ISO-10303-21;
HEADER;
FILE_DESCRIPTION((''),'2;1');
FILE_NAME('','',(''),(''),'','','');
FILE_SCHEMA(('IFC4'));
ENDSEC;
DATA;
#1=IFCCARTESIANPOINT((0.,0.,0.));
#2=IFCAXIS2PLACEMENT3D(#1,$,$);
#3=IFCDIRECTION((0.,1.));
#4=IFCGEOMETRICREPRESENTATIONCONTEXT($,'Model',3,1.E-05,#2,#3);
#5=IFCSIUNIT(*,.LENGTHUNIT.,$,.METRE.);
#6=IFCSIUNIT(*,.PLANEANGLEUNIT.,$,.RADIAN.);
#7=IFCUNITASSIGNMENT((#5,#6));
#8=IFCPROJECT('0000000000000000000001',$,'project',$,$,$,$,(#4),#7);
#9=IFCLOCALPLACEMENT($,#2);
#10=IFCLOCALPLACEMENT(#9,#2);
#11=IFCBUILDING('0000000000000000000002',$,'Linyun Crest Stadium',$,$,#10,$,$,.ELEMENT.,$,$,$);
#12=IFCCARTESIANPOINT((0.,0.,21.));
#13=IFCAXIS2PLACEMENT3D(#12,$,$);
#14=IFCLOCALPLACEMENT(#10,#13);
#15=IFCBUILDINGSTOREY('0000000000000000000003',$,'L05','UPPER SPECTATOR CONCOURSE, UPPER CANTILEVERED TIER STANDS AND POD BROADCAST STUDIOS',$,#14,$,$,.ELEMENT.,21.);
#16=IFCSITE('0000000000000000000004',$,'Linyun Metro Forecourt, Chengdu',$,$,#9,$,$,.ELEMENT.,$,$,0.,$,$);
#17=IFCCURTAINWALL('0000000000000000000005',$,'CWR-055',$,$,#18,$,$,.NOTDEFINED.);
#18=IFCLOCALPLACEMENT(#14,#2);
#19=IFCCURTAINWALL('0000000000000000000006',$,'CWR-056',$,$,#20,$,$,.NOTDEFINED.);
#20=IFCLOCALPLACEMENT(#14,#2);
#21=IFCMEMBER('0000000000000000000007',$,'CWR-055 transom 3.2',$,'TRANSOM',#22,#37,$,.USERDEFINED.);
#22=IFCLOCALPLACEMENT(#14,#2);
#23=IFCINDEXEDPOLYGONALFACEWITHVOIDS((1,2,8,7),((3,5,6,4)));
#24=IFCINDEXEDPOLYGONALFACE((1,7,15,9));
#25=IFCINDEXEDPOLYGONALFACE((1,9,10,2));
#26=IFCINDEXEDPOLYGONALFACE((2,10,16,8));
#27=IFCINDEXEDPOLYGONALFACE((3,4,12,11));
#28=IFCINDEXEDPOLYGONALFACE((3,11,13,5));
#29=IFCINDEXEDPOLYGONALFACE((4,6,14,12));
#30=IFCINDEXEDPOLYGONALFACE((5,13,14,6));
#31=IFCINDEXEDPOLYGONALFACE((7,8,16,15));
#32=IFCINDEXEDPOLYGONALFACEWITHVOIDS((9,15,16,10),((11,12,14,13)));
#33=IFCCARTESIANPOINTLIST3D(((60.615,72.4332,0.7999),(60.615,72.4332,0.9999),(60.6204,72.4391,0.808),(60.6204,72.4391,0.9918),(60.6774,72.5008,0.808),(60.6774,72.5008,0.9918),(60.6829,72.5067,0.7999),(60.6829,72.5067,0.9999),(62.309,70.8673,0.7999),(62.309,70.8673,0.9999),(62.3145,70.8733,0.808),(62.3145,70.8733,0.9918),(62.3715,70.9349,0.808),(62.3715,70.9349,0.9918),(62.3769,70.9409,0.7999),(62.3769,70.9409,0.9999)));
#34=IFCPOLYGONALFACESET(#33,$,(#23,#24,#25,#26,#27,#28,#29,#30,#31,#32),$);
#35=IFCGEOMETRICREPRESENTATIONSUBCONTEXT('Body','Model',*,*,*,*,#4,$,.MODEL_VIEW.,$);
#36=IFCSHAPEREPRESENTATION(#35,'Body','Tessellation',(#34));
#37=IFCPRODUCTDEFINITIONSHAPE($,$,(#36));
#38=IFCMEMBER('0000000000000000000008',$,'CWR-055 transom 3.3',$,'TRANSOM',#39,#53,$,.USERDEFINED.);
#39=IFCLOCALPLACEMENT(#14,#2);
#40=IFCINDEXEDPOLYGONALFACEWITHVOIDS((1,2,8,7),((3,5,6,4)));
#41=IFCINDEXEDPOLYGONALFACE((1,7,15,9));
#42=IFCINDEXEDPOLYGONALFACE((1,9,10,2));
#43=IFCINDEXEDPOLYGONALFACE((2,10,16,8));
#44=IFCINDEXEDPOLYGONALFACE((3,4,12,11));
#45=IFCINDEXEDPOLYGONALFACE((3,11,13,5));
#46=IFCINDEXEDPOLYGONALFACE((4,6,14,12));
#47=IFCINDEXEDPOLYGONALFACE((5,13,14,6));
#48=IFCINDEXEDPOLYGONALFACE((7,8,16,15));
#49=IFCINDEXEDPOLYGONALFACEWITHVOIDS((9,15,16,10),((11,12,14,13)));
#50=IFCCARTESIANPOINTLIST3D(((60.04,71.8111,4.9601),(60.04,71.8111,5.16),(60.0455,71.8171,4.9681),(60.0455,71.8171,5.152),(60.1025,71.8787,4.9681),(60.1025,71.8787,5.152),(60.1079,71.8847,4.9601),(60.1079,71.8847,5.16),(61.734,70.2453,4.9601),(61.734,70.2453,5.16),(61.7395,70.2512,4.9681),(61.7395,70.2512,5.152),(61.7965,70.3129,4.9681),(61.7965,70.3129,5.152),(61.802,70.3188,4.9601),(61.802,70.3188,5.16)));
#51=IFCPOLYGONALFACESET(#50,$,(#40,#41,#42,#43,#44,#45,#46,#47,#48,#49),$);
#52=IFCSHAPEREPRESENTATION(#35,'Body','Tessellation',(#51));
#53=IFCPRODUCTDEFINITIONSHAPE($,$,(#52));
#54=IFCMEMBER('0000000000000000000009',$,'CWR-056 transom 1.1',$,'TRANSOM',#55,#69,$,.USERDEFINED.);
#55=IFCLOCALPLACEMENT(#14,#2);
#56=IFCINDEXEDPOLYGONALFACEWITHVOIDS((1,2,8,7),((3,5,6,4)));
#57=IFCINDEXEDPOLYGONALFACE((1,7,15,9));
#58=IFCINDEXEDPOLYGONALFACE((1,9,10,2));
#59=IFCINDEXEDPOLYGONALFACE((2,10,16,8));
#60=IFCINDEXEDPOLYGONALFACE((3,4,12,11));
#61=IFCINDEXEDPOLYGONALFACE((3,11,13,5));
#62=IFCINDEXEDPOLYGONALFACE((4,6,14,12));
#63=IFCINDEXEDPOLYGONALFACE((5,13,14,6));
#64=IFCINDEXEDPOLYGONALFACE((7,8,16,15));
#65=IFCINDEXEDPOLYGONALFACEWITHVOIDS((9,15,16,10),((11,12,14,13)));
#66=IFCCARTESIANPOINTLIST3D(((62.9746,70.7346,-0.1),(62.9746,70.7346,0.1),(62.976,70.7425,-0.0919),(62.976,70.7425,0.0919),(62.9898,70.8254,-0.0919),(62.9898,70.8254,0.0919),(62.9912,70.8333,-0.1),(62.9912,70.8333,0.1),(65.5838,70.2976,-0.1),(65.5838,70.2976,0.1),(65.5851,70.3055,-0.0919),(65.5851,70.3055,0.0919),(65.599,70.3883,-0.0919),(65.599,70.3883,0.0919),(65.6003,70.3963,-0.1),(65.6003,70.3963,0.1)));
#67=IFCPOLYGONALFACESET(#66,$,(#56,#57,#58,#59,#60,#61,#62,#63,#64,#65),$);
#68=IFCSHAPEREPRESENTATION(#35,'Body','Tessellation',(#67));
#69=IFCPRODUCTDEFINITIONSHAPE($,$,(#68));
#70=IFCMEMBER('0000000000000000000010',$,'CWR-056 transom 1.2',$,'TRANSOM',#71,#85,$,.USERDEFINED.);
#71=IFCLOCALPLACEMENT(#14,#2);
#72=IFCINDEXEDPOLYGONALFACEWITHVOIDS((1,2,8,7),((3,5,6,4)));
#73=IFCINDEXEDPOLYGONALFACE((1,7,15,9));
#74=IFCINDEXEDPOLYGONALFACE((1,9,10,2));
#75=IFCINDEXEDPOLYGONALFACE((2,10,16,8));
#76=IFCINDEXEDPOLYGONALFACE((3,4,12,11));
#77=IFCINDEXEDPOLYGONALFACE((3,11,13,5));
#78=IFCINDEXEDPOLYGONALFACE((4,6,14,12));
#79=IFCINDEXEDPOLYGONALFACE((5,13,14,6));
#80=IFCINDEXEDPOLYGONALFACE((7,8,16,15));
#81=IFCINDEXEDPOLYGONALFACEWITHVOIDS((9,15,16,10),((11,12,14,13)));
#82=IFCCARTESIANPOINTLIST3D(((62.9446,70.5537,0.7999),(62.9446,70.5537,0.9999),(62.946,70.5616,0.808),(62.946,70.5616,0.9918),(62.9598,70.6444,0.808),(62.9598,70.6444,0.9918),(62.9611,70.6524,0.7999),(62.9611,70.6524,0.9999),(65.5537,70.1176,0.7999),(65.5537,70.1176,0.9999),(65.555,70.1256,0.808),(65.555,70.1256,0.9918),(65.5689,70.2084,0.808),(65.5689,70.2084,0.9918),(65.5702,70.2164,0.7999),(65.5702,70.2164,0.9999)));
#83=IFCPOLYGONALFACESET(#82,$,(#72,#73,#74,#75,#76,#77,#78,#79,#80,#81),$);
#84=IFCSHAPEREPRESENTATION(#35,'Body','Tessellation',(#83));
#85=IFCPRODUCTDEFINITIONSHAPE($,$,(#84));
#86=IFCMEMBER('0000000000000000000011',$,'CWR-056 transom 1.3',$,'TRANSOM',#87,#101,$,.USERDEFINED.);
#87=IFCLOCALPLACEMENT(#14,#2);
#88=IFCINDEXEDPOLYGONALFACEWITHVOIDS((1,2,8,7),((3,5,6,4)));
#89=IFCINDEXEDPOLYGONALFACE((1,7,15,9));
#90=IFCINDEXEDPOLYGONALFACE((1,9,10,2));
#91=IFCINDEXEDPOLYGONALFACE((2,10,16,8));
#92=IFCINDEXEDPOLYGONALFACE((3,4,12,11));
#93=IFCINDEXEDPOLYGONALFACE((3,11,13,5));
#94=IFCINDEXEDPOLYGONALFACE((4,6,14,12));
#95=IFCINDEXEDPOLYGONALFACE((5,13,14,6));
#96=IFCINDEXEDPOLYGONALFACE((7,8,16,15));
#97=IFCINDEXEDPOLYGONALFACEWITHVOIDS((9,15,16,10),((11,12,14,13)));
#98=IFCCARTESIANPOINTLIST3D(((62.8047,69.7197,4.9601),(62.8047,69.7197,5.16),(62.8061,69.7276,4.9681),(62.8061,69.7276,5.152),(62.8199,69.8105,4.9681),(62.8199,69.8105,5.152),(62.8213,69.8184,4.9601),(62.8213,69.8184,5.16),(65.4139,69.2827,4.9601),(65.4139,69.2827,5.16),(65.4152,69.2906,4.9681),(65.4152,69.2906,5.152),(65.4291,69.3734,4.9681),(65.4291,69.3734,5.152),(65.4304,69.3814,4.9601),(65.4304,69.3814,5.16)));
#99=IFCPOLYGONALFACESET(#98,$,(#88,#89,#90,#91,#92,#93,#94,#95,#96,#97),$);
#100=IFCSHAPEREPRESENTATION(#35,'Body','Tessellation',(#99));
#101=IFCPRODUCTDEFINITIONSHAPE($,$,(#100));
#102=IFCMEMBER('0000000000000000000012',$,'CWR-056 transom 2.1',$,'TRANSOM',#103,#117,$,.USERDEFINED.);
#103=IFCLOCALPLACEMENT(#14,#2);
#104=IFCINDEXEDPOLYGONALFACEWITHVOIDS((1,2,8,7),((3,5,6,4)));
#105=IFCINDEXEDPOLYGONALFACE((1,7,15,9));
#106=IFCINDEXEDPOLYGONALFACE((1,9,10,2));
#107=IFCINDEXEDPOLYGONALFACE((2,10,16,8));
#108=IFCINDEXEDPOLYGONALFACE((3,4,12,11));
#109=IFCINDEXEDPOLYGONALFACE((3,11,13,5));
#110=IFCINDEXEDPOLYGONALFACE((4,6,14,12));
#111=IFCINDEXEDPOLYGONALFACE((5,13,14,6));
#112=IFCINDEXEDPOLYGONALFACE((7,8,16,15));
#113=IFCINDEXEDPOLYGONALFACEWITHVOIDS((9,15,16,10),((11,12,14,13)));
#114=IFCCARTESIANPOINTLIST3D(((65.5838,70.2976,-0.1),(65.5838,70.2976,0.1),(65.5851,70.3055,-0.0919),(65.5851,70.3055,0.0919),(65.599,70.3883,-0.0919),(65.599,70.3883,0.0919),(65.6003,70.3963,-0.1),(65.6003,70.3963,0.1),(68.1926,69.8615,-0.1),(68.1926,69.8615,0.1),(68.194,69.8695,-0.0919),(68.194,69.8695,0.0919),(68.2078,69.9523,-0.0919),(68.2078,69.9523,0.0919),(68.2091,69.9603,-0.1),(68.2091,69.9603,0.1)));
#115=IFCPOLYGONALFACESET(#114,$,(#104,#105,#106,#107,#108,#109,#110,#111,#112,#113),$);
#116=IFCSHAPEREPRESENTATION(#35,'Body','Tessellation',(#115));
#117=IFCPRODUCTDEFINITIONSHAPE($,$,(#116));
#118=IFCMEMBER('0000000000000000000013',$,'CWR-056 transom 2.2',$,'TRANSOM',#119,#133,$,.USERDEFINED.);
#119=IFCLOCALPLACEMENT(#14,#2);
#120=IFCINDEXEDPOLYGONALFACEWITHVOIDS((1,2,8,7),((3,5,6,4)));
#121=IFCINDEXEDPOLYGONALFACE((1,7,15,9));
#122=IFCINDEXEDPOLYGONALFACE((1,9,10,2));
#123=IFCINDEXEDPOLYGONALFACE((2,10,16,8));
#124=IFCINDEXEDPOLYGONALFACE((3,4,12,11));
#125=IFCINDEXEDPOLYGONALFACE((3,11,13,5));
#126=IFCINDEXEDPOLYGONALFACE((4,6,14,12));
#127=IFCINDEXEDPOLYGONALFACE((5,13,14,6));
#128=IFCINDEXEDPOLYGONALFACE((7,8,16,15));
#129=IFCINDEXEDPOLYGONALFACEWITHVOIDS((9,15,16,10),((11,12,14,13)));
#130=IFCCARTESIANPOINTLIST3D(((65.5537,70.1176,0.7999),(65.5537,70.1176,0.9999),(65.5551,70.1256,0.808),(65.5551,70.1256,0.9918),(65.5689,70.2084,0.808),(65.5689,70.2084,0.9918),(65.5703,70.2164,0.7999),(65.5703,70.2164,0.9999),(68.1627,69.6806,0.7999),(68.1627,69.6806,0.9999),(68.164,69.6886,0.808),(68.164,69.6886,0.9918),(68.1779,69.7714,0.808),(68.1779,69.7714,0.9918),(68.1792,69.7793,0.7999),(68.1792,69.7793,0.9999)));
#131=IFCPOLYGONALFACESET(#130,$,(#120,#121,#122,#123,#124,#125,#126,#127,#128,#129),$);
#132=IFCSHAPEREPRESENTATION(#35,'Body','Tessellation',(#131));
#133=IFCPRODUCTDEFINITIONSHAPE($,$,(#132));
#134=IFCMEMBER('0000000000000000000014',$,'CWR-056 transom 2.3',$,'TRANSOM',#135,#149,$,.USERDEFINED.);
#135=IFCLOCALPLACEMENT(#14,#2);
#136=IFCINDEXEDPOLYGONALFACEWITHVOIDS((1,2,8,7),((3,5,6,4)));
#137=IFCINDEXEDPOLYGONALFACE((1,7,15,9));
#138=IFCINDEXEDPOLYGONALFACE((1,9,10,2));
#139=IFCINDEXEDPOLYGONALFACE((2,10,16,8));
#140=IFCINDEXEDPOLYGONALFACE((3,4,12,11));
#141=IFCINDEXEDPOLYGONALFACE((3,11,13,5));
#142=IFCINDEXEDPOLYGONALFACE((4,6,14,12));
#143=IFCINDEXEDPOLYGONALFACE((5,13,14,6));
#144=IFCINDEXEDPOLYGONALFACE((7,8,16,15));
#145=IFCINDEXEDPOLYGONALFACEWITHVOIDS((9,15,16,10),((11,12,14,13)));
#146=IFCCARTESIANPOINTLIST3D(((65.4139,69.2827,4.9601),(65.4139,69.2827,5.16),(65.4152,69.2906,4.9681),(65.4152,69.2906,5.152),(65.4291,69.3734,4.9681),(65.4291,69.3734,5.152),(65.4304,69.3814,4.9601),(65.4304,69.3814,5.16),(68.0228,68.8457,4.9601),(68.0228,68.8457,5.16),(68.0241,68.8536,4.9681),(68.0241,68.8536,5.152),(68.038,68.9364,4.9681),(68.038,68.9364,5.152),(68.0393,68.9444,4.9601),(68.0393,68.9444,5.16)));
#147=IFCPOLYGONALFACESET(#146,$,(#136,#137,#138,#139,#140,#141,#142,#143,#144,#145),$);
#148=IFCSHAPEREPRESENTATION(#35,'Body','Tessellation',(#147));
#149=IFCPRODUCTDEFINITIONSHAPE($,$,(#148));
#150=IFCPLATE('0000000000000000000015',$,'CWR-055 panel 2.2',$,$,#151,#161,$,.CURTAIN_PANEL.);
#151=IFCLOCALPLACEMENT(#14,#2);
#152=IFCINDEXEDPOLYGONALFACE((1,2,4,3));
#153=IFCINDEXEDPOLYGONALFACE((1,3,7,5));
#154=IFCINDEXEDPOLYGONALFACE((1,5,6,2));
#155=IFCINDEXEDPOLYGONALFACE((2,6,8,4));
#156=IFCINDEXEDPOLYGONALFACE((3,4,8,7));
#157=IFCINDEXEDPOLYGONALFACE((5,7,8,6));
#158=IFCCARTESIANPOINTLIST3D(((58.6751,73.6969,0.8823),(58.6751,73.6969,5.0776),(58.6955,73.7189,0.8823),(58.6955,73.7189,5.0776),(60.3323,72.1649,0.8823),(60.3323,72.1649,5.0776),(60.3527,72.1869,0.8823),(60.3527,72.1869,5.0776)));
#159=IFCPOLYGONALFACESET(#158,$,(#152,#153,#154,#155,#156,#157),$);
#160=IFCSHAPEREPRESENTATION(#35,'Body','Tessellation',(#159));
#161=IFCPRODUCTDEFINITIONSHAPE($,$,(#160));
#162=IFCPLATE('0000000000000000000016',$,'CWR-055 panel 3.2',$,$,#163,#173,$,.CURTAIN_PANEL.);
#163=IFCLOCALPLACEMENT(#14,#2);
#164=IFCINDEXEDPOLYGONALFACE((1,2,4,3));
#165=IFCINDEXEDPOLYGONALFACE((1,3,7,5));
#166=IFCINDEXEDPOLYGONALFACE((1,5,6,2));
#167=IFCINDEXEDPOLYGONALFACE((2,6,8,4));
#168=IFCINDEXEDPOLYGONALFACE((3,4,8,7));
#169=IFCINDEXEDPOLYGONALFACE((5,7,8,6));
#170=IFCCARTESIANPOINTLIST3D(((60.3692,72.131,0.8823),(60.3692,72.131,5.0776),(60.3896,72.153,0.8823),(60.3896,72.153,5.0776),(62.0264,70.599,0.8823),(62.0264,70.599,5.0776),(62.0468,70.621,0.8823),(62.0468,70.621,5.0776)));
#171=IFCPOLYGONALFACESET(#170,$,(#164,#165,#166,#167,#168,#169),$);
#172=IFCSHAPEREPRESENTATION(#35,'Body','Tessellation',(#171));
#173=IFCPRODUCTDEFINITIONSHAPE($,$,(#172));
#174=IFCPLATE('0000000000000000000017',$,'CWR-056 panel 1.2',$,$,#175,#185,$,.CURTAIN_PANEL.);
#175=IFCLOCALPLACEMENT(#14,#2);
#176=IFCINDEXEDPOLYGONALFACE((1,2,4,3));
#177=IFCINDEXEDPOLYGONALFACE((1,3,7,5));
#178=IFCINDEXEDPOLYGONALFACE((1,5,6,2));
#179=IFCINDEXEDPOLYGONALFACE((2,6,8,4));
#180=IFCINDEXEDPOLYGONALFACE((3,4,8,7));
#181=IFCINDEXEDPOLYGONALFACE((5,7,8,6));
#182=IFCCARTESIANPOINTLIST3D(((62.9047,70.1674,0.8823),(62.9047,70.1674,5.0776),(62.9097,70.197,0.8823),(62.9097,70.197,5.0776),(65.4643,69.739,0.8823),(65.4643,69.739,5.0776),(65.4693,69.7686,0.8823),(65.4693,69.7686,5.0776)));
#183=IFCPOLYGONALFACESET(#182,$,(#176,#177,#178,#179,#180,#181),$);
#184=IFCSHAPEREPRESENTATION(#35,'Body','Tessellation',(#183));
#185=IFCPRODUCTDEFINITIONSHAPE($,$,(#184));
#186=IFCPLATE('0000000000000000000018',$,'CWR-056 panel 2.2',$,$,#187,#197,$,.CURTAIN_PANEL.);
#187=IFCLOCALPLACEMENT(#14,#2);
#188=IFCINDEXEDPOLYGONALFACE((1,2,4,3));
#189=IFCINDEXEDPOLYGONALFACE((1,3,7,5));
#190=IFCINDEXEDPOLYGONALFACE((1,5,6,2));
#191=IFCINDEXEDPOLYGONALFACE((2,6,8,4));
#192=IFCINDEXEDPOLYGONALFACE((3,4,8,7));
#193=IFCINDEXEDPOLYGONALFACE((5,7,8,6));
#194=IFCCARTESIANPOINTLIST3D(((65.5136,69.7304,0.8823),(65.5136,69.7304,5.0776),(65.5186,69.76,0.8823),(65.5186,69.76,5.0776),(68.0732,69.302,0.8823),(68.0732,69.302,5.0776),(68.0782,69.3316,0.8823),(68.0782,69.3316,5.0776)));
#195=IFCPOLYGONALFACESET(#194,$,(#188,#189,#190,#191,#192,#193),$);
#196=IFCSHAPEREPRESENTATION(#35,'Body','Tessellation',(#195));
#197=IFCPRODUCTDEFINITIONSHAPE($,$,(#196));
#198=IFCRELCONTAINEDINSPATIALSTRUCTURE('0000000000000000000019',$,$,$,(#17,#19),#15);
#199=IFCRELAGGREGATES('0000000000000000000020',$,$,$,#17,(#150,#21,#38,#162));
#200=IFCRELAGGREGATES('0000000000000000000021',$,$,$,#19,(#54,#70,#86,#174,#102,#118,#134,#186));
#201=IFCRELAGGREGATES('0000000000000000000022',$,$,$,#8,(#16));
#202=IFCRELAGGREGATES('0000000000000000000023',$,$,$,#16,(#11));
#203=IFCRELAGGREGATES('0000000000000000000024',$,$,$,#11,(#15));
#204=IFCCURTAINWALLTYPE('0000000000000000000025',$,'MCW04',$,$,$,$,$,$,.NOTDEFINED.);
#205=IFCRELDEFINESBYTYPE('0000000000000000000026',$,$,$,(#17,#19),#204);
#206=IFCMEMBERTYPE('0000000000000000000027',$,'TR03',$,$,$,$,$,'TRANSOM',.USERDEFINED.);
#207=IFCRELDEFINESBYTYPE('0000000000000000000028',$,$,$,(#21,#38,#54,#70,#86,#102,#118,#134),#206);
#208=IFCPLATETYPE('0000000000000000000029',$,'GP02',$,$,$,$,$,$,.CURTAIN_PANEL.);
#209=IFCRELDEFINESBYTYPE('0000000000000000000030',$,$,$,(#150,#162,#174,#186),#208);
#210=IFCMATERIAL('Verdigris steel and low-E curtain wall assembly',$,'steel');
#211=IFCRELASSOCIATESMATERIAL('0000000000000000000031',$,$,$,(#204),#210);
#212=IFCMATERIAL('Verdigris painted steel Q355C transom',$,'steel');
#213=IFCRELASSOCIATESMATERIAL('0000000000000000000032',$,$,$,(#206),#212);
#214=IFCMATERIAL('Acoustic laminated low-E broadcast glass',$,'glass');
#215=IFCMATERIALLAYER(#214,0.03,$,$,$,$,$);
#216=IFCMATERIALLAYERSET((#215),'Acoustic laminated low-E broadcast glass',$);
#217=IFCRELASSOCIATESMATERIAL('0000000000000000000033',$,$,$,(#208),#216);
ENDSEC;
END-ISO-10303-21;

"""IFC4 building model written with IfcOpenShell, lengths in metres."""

from ifc_helpers import new_model, si_unit, direction, frame, origin, origin_2d, place, context, subcontext, project, spatial, rectangle, hollow_rectangle, extrude, material, layer, layer_set, material_profile, profile_set, type_object, element, aggregate, save


model = new_model("IFC4")

# Units and contexts
model_context = context("Model", 3, precision=1e-05, world=origin(), true_north=direction((0.0, 1.0)))
body_context = subcontext(model_context, "Body", "Model", "MODEL_VIEW")
ifc_project = project(units=[si_unit("LENGTHUNIT", "METRE"), si_unit("PLANEANGLEUNIT", "RADIAN")], contexts=[model_context])

# Site, building, storey
site_placement = place(None, origin())
site = spatial("IfcSite", under=ifc_project, at=site_placement, Name="Linyun Metro Forecourt, Chengdu", CompositionType="ELEMENT", RefElevation=0.0)
building_placement = place(site_placement, origin())
building = spatial("IfcBuilding", under=site, at=building_placement, Name="Linyun Crest Stadium", CompositionType="ELEMENT")
storey_placement = place(building_placement, frame((0.0, 0.0, 21.0)))
storey = spatial("IfcBuildingStorey", under=building, at=storey_placement, Name="L05", Description="UPPER SPECTATOR CONCOURSE, UPPER CANTILEVERED TIER STANDS AND POD BROADCAST STUDIOS", CompositionType="ELEMENT", Elevation=21.0)

# Curtain walls
ifc_material_1 = material(Name="Verdigris steel and low-E curtain wall assembly", Category="steel")
curtain_wall_type = type_object("IfcCurtainWallType", Name="MCW04", PredefinedType="NOTDEFINED", material=ifc_material_1)
curtain_wall_1_placement = place(storey_placement, origin())
curtain_wall_1 = element("IfcCurtainWall", 1, at=curtain_wall_1_placement, inside=storey, type_object=curtain_wall_type, Name="CWR-055", PredefinedType="NOTDEFINED")
curtain_wall_2_placement = place(storey_placement, origin())
curtain_wall_2 = element("IfcCurtainWall", 2, at=curtain_wall_2_placement, inside=storey, type_object=curtain_wall_type, Name="CWR-056", PredefinedType="NOTDEFINED")

# Members
ifc_material_2 = material(Name="Verdigris painted steel Q355C transom", Category="steel")
ifc_material_profile_1 = material_profile(ifc_material_2, hollow_rectangle(XDim=0.1001, YDim=0.2, WallThickness=0.0081, at=origin_2d()), Name="RHS 200x100x8")
ifc_profile_set_1 = profile_set([ifc_material_profile_1], Name="Verdigris painted steel Q355C transom")
member_type_1 = type_object("IfcMemberType", Name="TR03", ElementType="TRANSOM", PredefinedType="USERDEFINED", material=ifc_profile_set_1)
member_1_placement = place(storey_placement, frame((60.6489, 72.47, 0.8999), z_axis=(0.734341, -0.678781, 0.0), x_axis=(0.678781, 0.734341, 0.0)))
member_1 = element("IfcMember", 3, at=member_1_placement, type_object=member_type_1, Name="CWR-055 transom 3.2", ObjectType="TRANSOM", PredefinedType="USERDEFINED", context=body_context, shape_type="SweptSolid", body=[
    extrude(hollow_rectangle(XDim=0.1001, YDim=0.2, WallThickness=0.0081, at=origin_2d()), origin(), (0.0, 0.0, 1.0), 2.3069),
])
member_2_placement = place(storey_placement, frame((60.074, 71.8479, 5.0601), z_axis=(0.734341, -0.678781, 0.0), x_axis=(0.678781, 0.734341, 0.0)))
member_2 = element("IfcMember", 4, at=member_2_placement, type_object=member_type_1, Name="CWR-055 transom 3.3", ObjectType="TRANSOM", PredefinedType="USERDEFINED", context=body_context, shape_type="SweptSolid", body=[
    extrude(hollow_rectangle(XDim=0.1001, YDim=0.2, WallThickness=0.0081, at=origin_2d()), origin(), (0.0, 0.0, 1.0), 2.3069),
])
member_3_placement = place(storey_placement, frame((62.9829, 70.7839, 0.0), z_axis=(0.986261, -0.165192, 0.0), x_axis=(0.165192, 0.986261, 0.0)))
member_3 = element("IfcMember", 5, at=member_3_placement, type_object=member_type_1, Name="CWR-056 transom 1.1", ObjectType="TRANSOM", PredefinedType="USERDEFINED", context=body_context, shape_type="SweptSolid", body=[
    extrude(hollow_rectangle(XDim=0.1001, YDim=0.2, WallThickness=0.0081, at=origin_2d()), origin(), (0.0, 0.0, 1.0), 2.6455),
])
member_4_placement = place(storey_placement, frame((62.9529, 70.603, 0.8999), z_axis=(0.986321, -0.164833, 0.0), x_axis=(0.164833, 0.986321, 0.0)))
member_4 = element("IfcMember", 6, at=member_4_placement, type_object=member_type_1, Name="CWR-056 transom 1.2", ObjectType="TRANSOM", PredefinedType="USERDEFINED", context=body_context, shape_type="SweptSolid", body=[
    extrude(hollow_rectangle(XDim=0.1001, YDim=0.2, WallThickness=0.0081, at=origin_2d()), origin(), (0.0, 0.0, 1.0), 2.6453),
])
member_5_placement = place(storey_placement, frame((62.813, 69.769, 5.0601), z_axis=(0.986261, -0.165192, 0.0), x_axis=(0.165192, 0.986261, 0.0)))
member_5 = element("IfcMember", 7, at=member_5_placement, type_object=member_type_1, Name="CWR-056 transom 1.3", ObjectType="TRANSOM", PredefinedType="USERDEFINED", context=body_context, shape_type="SweptSolid", body=[
    extrude(hollow_rectangle(XDim=0.1001, YDim=0.2, WallThickness=0.0081, at=origin_2d()), origin(), (0.0, 0.0, 1.0), 2.6455),
])
member_6_placement = place(storey_placement, frame((65.592, 70.3469, 0.0), z_axis=(0.986319, -0.164848, 0.0), x_axis=(0.164848, 0.986319, 0.0)))
member_6 = element("IfcMember", 8, at=member_6_placement, type_object=member_type_1, Name="CWR-056 transom 2.1", ObjectType="TRANSOM", PredefinedType="USERDEFINED", context=body_context, shape_type="SweptSolid", body=[
    extrude(hollow_rectangle(XDim=0.1001, YDim=0.2, WallThickness=0.0081, at=origin_2d()), origin(), (0.0, 0.0, 1.0), 2.645),
])
member_7_placement = place(storey_placement, frame((65.562, 70.167, 0.8999), z_axis=(0.986259, -0.165207, 0.0), x_axis=(0.165207, 0.986259, 0.0)))
member_7 = element("IfcMember", 9, at=member_7_placement, type_object=member_type_1, Name="CWR-056 transom 2.2", ObjectType="TRANSOM", PredefinedType="USERDEFINED", context=body_context, shape_type="SweptSolid", body=[
    extrude(hollow_rectangle(XDim=0.1001, YDim=0.2, WallThickness=0.0081, at=origin_2d()), origin(), (0.0, 0.0, 1.0), 2.6453),
])
member_8_placement = place(storey_placement, frame((65.4221, 69.332, 5.0601), z_axis=(0.986259, -0.165207, 0.0), x_axis=(0.165207, 0.986259, 0.0)))
member_8 = element("IfcMember", 10, at=member_8_placement, type_object=member_type_1, Name="CWR-056 transom 2.3", ObjectType="TRANSOM", PredefinedType="USERDEFINED", context=body_context, shape_type="SweptSolid", body=[
    extrude(hollow_rectangle(XDim=0.1001, YDim=0.2, WallThickness=0.0081, at=origin_2d()), origin(), (0.0, 0.0, 1.0), 2.6453),
])

# Plates
ifc_material_3 = material(Name="Acoustic laminated low-E broadcast glass", Category="glass")
ifc_layer_1 = layer(ifc_material_3, 0.03)
ifc_layer_set_1 = layer_set([ifc_layer_1], Name="Acoustic laminated low-E broadcast glass")
plate_type_1 = type_object("IfcPlateType", Name="GP02", PredefinedType="CURTAIN_PANEL", material=ifc_layer_set_1)
plate_1_placement = place(storey_placement, frame((59.5139, 72.9419, 0.8823), z_axis=(0.0, 0.0, 1.0), x_axis=(0.734299, -0.678826, 0.0)))
plate_1 = element("IfcPlate", 11, at=plate_1_placement, type_object=plate_type_1, Name="CWR-055 panel 2.2", PredefinedType="CURTAIN_PANEL", context=body_context, shape_type="SweptSolid", body=[
    extrude(rectangle(XDim=2.2568, YDim=0.03, at=origin_2d()), origin(), (0.0, 0.0, 1.0), 4.1953),
])
plate_2_placement = place(storey_placement, frame((61.208, 71.376, 0.8823), z_axis=(0.0, 0.0, 1.0), x_axis=(0.734299, -0.678826, 0.0)))
plate_2 = element("IfcPlate", 12, at=plate_2_placement, type_object=plate_type_1, Name="CWR-055 panel 3.2", PredefinedType="CURTAIN_PANEL", context=body_context, shape_type="SweptSolid", body=[
    extrude(rectangle(XDim=2.2568, YDim=0.03, at=origin_2d()), origin(), (0.0, 0.0, 1.0), 4.1953),
])
plate_3_placement = place(storey_placement, frame((64.187, 69.968, 0.8823), z_axis=(0.0, 0.0, 1.0), x_axis=(0.986283, -0.165065, 0.0)))
plate_3 = element("IfcPlate", 13, at=plate_3_placement, type_object=plate_type_1, Name="CWR-056 panel 1.2", PredefinedType="CURTAIN_PANEL", context=body_context, shape_type="SweptSolid", body=[
    extrude(rectangle(XDim=2.5952, YDim=0.03, at=origin_2d()), origin(), (0.0, 0.0, 1.0), 4.1953),
])
plate_4_placement = place(storey_placement, frame((66.7959, 69.531, 0.8823), z_axis=(0.0, 0.0, 1.0), x_axis=(0.986283, -0.165065, 0.0)))
plate_4 = element("IfcPlate", 14, at=plate_4_placement, type_object=plate_type_1, Name="CWR-056 panel 2.2", PredefinedType="CURTAIN_PANEL", context=body_context, shape_type="SweptSolid", body=[
    extrude(rectangle(XDim=2.5952, YDim=0.03, at=origin_2d()), origin(), (0.0, 0.0, 1.0), 4.1953),
])
aggregate(curtain_wall_1, [plate_1, member_1, member_2, plate_2])
aggregate(curtain_wall_2, [member_3, member_4, member_5, plate_3, member_6, member_7, member_8, plate_4])

save(model, "model.ifc")
